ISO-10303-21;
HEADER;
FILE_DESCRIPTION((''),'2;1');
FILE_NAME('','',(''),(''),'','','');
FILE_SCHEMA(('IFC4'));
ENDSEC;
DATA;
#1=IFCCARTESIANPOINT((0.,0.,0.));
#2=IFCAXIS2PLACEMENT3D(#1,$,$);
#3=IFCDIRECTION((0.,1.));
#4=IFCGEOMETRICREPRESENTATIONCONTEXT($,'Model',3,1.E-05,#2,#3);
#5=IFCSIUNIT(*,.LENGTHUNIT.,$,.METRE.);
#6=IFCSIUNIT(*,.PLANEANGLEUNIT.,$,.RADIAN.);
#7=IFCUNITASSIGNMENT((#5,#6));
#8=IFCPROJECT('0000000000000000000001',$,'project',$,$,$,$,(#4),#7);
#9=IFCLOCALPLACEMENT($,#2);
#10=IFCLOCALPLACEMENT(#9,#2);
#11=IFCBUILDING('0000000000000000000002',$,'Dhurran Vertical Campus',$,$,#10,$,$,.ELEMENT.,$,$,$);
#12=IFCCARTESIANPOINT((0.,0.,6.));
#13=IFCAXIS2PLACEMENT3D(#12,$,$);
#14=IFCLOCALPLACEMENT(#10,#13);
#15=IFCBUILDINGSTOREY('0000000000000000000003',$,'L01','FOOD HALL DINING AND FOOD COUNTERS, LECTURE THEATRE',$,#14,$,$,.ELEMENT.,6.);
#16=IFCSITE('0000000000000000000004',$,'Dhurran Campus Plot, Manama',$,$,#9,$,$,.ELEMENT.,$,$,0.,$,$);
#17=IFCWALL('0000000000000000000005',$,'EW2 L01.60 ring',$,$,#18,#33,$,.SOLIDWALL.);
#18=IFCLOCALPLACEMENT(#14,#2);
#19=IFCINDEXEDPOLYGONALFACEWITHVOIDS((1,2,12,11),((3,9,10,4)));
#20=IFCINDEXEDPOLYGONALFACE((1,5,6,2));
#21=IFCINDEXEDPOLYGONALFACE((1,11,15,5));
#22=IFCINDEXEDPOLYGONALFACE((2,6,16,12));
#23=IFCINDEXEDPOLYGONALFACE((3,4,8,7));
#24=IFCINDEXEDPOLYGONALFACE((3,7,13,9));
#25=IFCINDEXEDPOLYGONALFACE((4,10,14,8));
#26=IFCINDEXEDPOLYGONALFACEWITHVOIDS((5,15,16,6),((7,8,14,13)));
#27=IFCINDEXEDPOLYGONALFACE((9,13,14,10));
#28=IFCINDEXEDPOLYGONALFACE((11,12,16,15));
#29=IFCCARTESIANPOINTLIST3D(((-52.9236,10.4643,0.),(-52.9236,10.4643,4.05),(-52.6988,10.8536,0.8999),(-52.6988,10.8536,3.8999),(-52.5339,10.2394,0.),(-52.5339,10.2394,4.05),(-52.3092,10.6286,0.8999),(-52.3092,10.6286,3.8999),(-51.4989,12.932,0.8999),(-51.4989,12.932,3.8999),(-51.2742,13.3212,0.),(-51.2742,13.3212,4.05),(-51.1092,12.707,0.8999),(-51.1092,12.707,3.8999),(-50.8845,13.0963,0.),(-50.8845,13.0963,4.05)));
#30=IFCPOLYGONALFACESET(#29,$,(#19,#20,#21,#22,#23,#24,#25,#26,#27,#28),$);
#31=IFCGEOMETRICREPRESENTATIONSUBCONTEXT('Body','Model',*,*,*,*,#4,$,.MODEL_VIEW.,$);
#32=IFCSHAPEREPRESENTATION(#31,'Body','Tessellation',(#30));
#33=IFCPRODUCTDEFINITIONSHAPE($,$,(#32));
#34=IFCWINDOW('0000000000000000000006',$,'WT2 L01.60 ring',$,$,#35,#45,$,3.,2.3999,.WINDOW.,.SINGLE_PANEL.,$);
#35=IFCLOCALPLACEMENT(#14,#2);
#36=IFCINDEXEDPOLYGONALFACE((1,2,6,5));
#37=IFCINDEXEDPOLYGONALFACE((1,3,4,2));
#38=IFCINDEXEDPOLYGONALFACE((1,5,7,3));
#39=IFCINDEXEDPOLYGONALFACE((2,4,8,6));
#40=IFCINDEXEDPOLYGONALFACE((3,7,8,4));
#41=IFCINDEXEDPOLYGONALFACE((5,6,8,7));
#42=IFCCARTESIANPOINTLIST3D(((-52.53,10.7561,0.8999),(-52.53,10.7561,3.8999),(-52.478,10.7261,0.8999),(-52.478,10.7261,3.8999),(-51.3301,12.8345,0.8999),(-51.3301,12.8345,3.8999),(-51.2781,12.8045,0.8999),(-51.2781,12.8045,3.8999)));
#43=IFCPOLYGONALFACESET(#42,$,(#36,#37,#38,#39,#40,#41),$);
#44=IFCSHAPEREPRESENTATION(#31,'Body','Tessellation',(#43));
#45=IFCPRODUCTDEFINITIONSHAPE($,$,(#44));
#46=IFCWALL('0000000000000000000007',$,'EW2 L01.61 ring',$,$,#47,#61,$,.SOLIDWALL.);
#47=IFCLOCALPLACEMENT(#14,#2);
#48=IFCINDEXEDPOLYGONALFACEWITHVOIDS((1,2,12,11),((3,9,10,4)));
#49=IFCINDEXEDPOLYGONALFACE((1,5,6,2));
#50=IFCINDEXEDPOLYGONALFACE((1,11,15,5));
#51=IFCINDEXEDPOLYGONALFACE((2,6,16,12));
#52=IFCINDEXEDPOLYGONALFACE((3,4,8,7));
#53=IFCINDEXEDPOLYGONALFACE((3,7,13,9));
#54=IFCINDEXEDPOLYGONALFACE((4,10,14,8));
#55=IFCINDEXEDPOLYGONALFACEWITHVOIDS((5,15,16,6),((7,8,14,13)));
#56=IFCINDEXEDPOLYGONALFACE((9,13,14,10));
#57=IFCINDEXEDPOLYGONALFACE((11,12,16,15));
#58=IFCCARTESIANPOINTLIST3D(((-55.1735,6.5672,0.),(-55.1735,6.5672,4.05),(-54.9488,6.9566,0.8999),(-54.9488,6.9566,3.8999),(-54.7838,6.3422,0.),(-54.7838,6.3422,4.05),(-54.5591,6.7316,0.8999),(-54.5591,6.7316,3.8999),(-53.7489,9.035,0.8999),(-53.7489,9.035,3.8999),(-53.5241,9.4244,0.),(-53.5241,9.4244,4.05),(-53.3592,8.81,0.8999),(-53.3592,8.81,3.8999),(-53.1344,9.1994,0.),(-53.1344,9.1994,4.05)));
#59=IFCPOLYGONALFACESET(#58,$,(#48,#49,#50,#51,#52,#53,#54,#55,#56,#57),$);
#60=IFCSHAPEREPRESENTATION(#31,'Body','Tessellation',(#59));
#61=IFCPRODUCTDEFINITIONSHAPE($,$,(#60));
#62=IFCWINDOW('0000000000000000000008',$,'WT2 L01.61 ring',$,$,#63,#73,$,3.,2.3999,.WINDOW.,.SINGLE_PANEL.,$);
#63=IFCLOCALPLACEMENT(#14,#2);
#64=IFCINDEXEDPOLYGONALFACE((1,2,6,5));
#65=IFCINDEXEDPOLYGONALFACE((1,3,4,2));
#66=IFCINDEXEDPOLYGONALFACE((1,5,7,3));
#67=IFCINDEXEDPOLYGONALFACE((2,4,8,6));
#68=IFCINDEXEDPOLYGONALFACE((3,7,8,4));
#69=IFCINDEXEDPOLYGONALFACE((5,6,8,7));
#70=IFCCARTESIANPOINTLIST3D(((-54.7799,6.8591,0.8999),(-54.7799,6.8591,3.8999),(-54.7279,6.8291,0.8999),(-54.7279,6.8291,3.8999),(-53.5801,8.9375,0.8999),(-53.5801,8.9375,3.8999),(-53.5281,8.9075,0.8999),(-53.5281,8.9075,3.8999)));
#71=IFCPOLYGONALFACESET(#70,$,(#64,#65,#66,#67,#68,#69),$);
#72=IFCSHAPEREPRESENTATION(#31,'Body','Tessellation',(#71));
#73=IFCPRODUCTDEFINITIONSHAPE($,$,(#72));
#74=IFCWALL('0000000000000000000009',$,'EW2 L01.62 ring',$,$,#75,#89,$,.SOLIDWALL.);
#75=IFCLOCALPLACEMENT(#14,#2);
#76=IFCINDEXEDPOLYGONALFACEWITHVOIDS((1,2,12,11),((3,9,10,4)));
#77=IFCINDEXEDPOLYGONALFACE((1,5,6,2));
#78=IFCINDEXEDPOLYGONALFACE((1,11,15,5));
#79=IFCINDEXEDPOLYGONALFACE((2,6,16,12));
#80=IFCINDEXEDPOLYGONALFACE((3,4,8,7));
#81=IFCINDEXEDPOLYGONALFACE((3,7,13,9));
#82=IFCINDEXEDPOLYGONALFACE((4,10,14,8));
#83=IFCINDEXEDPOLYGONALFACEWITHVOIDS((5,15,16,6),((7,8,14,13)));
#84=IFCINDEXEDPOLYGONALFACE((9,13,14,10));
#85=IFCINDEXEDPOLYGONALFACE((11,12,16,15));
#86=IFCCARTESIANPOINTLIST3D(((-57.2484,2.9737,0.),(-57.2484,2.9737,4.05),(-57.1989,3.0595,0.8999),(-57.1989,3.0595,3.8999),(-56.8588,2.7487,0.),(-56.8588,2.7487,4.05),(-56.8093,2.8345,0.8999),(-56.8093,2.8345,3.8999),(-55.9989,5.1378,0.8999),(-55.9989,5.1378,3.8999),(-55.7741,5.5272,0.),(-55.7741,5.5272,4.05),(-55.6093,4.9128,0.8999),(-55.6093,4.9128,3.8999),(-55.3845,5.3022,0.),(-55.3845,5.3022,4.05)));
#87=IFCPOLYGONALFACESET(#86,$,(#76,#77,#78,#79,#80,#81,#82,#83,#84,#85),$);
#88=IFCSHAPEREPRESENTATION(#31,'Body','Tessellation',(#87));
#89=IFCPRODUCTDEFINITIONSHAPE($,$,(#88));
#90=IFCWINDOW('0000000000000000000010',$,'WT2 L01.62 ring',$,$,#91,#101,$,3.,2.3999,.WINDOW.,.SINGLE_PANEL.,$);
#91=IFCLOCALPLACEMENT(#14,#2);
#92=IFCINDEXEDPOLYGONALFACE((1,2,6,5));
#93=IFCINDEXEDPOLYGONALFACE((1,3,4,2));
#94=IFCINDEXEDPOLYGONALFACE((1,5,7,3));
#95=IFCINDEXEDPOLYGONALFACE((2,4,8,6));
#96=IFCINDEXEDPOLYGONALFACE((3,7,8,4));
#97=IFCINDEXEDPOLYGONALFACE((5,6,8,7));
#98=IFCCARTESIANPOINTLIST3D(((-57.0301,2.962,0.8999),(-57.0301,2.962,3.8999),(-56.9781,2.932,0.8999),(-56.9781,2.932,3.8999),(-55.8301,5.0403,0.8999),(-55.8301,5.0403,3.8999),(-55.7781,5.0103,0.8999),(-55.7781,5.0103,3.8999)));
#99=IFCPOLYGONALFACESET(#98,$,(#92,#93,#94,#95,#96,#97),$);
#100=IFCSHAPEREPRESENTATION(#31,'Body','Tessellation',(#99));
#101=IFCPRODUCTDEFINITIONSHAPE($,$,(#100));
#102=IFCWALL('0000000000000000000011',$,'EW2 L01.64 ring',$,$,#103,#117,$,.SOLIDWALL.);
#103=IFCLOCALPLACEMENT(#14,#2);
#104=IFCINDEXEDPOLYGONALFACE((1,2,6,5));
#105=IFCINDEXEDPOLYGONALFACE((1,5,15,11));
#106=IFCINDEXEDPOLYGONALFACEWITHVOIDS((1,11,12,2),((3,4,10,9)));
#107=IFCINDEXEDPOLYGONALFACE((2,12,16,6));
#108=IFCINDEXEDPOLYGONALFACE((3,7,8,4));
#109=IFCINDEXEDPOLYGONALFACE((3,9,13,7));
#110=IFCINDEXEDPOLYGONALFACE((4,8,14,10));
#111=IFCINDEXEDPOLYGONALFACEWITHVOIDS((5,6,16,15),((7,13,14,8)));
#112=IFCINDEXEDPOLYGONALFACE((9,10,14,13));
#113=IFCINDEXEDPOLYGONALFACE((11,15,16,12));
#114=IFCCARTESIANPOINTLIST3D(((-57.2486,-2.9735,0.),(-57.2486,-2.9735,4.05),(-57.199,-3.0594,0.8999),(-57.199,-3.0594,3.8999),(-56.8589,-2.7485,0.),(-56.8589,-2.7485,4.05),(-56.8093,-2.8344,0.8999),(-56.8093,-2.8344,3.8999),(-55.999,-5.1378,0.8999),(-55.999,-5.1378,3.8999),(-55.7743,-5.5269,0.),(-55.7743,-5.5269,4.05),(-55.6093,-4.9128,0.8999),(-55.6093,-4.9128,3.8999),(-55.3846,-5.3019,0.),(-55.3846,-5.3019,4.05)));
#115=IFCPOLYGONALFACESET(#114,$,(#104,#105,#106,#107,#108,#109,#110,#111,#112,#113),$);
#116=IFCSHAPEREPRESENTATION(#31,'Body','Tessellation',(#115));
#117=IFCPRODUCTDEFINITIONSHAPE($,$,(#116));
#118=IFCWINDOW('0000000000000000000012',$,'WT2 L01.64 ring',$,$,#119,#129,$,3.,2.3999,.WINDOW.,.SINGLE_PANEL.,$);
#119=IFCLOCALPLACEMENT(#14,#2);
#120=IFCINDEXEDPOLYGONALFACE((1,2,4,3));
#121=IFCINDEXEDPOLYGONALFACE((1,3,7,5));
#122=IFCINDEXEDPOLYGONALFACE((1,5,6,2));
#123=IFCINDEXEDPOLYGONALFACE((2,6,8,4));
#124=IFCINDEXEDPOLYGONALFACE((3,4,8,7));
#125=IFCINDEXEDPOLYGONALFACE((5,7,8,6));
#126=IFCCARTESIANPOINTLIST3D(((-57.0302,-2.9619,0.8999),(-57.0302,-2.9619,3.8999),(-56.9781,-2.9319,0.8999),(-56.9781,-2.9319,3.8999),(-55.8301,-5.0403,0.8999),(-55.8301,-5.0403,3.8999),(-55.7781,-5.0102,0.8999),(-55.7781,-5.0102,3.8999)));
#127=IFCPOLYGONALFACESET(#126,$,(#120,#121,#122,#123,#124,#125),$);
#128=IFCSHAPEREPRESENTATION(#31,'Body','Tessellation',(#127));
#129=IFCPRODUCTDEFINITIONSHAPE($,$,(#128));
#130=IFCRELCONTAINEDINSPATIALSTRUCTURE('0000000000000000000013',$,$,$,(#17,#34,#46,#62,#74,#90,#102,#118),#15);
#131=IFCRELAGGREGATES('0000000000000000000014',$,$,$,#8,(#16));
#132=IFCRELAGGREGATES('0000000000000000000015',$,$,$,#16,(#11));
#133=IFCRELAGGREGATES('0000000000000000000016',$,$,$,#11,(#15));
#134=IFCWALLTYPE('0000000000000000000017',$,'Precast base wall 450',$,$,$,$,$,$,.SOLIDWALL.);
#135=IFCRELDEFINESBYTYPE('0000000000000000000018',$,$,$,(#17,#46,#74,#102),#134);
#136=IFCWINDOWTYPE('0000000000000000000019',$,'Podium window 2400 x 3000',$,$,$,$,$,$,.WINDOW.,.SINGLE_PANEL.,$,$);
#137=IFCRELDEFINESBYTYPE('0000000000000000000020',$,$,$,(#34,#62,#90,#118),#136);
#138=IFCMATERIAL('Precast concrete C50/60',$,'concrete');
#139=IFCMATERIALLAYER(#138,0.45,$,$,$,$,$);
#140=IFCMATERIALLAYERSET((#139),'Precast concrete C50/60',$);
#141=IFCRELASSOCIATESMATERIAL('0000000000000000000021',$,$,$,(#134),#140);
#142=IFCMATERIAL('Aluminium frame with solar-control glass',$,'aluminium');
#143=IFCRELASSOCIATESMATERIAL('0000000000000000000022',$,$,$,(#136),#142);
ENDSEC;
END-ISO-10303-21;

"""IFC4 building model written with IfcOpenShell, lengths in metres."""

from ifc_helpers import new_model, si_unit, direction, frame, frame_2d, origin, place, context, subcontext, project, spatial, rectangle, extrude, material, layer, layer_set, type_object, element, fill, save


model = new_model("IFC4")

# Units and contexts
model_context = context("Model", 3, precision=1e-05, world=origin(), true_north=direction((0.0, 1.0)))
body_context = subcontext(model_context, "Body", "Model", "MODEL_VIEW")
ifc_project = project(units=[si_unit("LENGTHUNIT", "METRE"), si_unit("PLANEANGLEUNIT", "RADIAN")], contexts=[model_context])

# Site, building, storey
site_placement = place(None, origin())
site = spatial("IfcSite", under=ifc_project, at=site_placement, Name="Dhurran Campus Plot, Manama", CompositionType="ELEMENT", RefElevation=0.0)
building_placement = place(site_placement, origin())
building = spatial("IfcBuilding", under=site, at=building_placement, Name="Dhurran Vertical Campus", CompositionType="ELEMENT")
storey_placement = place(building_placement, frame((0.0, 0.0, 6.0)))
storey = spatial("IfcBuildingStorey", under=building, at=storey_placement, Name="L01", Description="FOOD HALL DINING AND FOOD COUNTERS, LECTURE THEATRE", CompositionType="ELEMENT", Elevation=6.0)

# Walls, openings, windows
ifc_material_1 = material(Name="Precast concrete C50/60", Category="concrete")
ifc_layer_1 = layer(ifc_material_1, 0.45)
ifc_layer_set_1 = layer_set([ifc_layer_1], Name="Precast concrete C50/60")
wall_type = type_object("IfcWallType", Name="Precast base wall 450", PredefinedType="SOLIDWALL", material=ifc_layer_set_1)
wall_1_placement = place(storey_placement, frame((-51.0793, 13.2087, 0.0), z_axis=(0.0, 0.0, 1.0), x_axis=(-0.499992, -0.86603, 0.0)))
wall_1 = element("IfcWall", 1, at=wall_1_placement, inside=storey, type_object=wall_type, Name="EW2 L01.60 ring", PredefinedType="SOLIDWALL", context=body_context, shape_type="SweptSolid", body=[
    extrude(rectangle(XDim=3.2988, YDim=0.45, at=frame_2d((1.6494, 0.0))), origin(), (0.0, 0.0, 1.0), 4.05),
])
opening_1_placement = place(wall_1_placement, frame((0.4495, 0.0, 0.8999)))
opening_1 = element("IfcOpeningElement", 2, at=opening_1_placement, cuts=wall_1, PredefinedType="OPENING", context=body_context, shape_type="SweptSolid", body=[
    extrude(rectangle(XDim=2.3999, YDim=3.0, at=frame_2d((1.2, 1.5))), frame((0.0, 0.2349, 0.0), z_axis=(0.0, -1.0, 0.0), x_axis=(1.0, 0.0, 0.0)), (0.0, 0.0, 1.0), 0.47),
])
ifc_material_2 = material(Name="Aluminium frame with solar-control glass", Category="aluminium")
window_type = type_object("IfcWindowType", Name="Podium window 2400 x 3000", PartitioningType="SINGLE_PANEL", PredefinedType="WINDOW", material=ifc_material_2)
window_1_placement = place(opening_1_placement, origin())
window_1 = element("IfcWindow", 3, at=window_1_placement, inside=storey, type_object=window_type, Name="WT2 L01.60 ring", OverallHeight=3.0, OverallWidth=2.3999, PartitioningType="SINGLE_PANEL", PredefinedType="WINDOW", context=body_context, shape_type="SweptSolid", body=[
    extrude(rectangle(XDim=2.3999, YDim=3.0, at=frame_2d((1.2, 1.5))), frame((0.0, 0.03, 0.0), z_axis=(0.0, -1.0, 0.0), x_axis=(1.0, 0.0, 0.0)), (0.0, 0.0, 1.0), 0.0601),
])
fill(opening_1, window_1)
wall_2_placement = place(storey_placement, frame((-53.3293, 9.3118, 0.0), z_axis=(0.0, 0.0, 1.0), x_axis=(-0.499959, -0.866049, 0.0)))
wall_2 = element("IfcWall", 4, at=wall_2_placement, inside=storey, type_object=wall_type, Name="EW2 L01.61 ring", PredefinedType="SOLIDWALL", context=body_context, shape_type="SweptSolid", body=[
    extrude(rectangle(XDim=3.2991, YDim=0.45, at=frame_2d((1.6494, 0.0))), origin(), (0.0, 0.0, 1.0), 4.05),
])
opening_2_placement = place(wall_2_placement, frame((0.4495, 0.0, 0.8999)))
opening_2 = element("IfcOpeningElement", 5, at=opening_2_placement, cuts=wall_2, PredefinedType="OPENING", context=body_context, shape_type="SweptSolid", body=[
    extrude(rectangle(XDim=2.3999, YDim=3.0, at=frame_2d((1.2, 1.5))), frame((0.0, 0.2349, 0.0), z_axis=(0.0, -1.0, 0.0), x_axis=(1.0, 0.0, 0.0)), (0.0, 0.0, 1.0), 0.47),
])
window_2_placement = place(opening_2_placement, origin())
window_2 = element("IfcWindow", 6, at=window_2_placement, inside=storey, type_object=window_type, Name="WT2 L01.61 ring", OverallHeight=3.0, OverallWidth=2.3999, PartitioningType="SINGLE_PANEL", PredefinedType="WINDOW", context=body_context, shape_type="SweptSolid", body=[
    extrude(rectangle(XDim=2.3999, YDim=3.0, at=frame_2d((1.2, 1.5))), frame((0.0, 0.03, 0.0), z_axis=(0.0, -1.0, 0.0), x_axis=(1.0, 0.0, 0.0)), (0.0, 0.0, 1.0), 0.0601),
])
fill(opening_2, window_2)
wall_3_placement = place(storey_placement, frame((-55.5793, 5.4146, 0.0), z_axis=(0.0, 0.0, 1.0), x_axis=(-0.500031, -0.866008, 0.0)))
wall_3 = element("IfcWall", 7, at=wall_3_placement, inside=storey, type_object=wall_type, Name="EW2 L01.62 ring", PredefinedType="SOLIDWALL", context=body_context, shape_type="SweptSolid", body=[
    extrude(rectangle(XDim=2.9485, YDim=0.45, at=frame_2d((1.4741, 0.0))), origin(), (0.0, 0.0, 1.0), 4.05),
])
opening_3_placement = place(wall_3_placement, frame((0.4495, 0.0, 0.8999)))
opening_3 = element("IfcOpeningElement", 8, at=opening_3_placement, cuts=wall_3, PredefinedType="OPENING", context=body_context, shape_type="SweptSolid", body=[
    extrude(rectangle(XDim=2.3999, YDim=3.0, at=frame_2d((1.2, 1.5))), frame((0.0, 0.2349, 0.0), z_axis=(0.0, -1.0, 0.0), x_axis=(1.0, 0.0, 0.0)), (0.0, 0.0, 1.0), 0.47),
])
window_3_placement = place(opening_3_placement, origin())
window_3 = element("IfcWindow", 9, at=window_3_placement, inside=storey, type_object=window_type, Name="WT2 L01.62 ring", OverallHeight=3.0, OverallWidth=2.3999, PartitioningType="SINGLE_PANEL", PredefinedType="WINDOW", context=body_context, shape_type="SweptSolid", body=[
    extrude(rectangle(XDim=2.3999, YDim=3.0, at=frame_2d((1.2, 1.5))), frame((0.0, 0.03, 0.0), z_axis=(0.0, -1.0, 0.0), x_axis=(1.0, 0.0, 0.0)), (0.0, 0.0, 1.0), 0.0601),
])
fill(opening_3, window_3)
wall_4_placement = place(storey_placement, frame((-57.0537, -2.8611, 0.0), z_axis=(0.0, 0.0, 1.0), x_axis=(0.500031, -0.866008, 0.0)))
wall_4 = element("IfcWall", 10, at=wall_4_placement, inside=storey, type_object=wall_type, Name="EW2 L01.64 ring", PredefinedType="SOLIDWALL", context=body_context, shape_type="SweptSolid", body=[
    extrude(rectangle(XDim=2.9485, YDim=0.45, at=frame_2d((1.4741, 0.0))), origin(), (0.0, 0.0, 1.0), 4.05),
])
opening_4_placement = place(wall_4_placement, frame((0.0991, 0.0, 0.8999)))
opening_4 = element("IfcOpeningElement", 11, at=opening_4_placement, cuts=wall_4, PredefinedType="OPENING", context=body_context, shape_type="SweptSolid", body=[
    extrude(rectangle(XDim=2.3999, YDim=3.0, at=frame_2d((1.2, 1.5))), frame((0.0, 0.2349, 0.0), z_axis=(0.0, -1.0, 0.0), x_axis=(1.0, 0.0, 0.0)), (0.0, 0.0, 1.0), 0.47),
])
window_4_placement = place(opening_4_placement, origin())
window_4 = element("IfcWindow", 12, at=window_4_placement, inside=storey, type_object=window_type, Name="WT2 L01.64 ring", OverallHeight=3.0, OverallWidth=2.3999, PartitioningType="SINGLE_PANEL", PredefinedType="WINDOW", context=body_context, shape_type="SweptSolid", body=[
    extrude(rectangle(XDim=2.3999, YDim=3.0, at=frame_2d((1.2, 1.5))), frame((0.0, 0.03, 0.0), z_axis=(0.0, -1.0, 0.0), x_axis=(1.0, 0.0, 0.0)), (0.0, 0.0, 1.0), 0.0601),
])
fill(opening_4, window_4)

save(model, "model.ifc")
